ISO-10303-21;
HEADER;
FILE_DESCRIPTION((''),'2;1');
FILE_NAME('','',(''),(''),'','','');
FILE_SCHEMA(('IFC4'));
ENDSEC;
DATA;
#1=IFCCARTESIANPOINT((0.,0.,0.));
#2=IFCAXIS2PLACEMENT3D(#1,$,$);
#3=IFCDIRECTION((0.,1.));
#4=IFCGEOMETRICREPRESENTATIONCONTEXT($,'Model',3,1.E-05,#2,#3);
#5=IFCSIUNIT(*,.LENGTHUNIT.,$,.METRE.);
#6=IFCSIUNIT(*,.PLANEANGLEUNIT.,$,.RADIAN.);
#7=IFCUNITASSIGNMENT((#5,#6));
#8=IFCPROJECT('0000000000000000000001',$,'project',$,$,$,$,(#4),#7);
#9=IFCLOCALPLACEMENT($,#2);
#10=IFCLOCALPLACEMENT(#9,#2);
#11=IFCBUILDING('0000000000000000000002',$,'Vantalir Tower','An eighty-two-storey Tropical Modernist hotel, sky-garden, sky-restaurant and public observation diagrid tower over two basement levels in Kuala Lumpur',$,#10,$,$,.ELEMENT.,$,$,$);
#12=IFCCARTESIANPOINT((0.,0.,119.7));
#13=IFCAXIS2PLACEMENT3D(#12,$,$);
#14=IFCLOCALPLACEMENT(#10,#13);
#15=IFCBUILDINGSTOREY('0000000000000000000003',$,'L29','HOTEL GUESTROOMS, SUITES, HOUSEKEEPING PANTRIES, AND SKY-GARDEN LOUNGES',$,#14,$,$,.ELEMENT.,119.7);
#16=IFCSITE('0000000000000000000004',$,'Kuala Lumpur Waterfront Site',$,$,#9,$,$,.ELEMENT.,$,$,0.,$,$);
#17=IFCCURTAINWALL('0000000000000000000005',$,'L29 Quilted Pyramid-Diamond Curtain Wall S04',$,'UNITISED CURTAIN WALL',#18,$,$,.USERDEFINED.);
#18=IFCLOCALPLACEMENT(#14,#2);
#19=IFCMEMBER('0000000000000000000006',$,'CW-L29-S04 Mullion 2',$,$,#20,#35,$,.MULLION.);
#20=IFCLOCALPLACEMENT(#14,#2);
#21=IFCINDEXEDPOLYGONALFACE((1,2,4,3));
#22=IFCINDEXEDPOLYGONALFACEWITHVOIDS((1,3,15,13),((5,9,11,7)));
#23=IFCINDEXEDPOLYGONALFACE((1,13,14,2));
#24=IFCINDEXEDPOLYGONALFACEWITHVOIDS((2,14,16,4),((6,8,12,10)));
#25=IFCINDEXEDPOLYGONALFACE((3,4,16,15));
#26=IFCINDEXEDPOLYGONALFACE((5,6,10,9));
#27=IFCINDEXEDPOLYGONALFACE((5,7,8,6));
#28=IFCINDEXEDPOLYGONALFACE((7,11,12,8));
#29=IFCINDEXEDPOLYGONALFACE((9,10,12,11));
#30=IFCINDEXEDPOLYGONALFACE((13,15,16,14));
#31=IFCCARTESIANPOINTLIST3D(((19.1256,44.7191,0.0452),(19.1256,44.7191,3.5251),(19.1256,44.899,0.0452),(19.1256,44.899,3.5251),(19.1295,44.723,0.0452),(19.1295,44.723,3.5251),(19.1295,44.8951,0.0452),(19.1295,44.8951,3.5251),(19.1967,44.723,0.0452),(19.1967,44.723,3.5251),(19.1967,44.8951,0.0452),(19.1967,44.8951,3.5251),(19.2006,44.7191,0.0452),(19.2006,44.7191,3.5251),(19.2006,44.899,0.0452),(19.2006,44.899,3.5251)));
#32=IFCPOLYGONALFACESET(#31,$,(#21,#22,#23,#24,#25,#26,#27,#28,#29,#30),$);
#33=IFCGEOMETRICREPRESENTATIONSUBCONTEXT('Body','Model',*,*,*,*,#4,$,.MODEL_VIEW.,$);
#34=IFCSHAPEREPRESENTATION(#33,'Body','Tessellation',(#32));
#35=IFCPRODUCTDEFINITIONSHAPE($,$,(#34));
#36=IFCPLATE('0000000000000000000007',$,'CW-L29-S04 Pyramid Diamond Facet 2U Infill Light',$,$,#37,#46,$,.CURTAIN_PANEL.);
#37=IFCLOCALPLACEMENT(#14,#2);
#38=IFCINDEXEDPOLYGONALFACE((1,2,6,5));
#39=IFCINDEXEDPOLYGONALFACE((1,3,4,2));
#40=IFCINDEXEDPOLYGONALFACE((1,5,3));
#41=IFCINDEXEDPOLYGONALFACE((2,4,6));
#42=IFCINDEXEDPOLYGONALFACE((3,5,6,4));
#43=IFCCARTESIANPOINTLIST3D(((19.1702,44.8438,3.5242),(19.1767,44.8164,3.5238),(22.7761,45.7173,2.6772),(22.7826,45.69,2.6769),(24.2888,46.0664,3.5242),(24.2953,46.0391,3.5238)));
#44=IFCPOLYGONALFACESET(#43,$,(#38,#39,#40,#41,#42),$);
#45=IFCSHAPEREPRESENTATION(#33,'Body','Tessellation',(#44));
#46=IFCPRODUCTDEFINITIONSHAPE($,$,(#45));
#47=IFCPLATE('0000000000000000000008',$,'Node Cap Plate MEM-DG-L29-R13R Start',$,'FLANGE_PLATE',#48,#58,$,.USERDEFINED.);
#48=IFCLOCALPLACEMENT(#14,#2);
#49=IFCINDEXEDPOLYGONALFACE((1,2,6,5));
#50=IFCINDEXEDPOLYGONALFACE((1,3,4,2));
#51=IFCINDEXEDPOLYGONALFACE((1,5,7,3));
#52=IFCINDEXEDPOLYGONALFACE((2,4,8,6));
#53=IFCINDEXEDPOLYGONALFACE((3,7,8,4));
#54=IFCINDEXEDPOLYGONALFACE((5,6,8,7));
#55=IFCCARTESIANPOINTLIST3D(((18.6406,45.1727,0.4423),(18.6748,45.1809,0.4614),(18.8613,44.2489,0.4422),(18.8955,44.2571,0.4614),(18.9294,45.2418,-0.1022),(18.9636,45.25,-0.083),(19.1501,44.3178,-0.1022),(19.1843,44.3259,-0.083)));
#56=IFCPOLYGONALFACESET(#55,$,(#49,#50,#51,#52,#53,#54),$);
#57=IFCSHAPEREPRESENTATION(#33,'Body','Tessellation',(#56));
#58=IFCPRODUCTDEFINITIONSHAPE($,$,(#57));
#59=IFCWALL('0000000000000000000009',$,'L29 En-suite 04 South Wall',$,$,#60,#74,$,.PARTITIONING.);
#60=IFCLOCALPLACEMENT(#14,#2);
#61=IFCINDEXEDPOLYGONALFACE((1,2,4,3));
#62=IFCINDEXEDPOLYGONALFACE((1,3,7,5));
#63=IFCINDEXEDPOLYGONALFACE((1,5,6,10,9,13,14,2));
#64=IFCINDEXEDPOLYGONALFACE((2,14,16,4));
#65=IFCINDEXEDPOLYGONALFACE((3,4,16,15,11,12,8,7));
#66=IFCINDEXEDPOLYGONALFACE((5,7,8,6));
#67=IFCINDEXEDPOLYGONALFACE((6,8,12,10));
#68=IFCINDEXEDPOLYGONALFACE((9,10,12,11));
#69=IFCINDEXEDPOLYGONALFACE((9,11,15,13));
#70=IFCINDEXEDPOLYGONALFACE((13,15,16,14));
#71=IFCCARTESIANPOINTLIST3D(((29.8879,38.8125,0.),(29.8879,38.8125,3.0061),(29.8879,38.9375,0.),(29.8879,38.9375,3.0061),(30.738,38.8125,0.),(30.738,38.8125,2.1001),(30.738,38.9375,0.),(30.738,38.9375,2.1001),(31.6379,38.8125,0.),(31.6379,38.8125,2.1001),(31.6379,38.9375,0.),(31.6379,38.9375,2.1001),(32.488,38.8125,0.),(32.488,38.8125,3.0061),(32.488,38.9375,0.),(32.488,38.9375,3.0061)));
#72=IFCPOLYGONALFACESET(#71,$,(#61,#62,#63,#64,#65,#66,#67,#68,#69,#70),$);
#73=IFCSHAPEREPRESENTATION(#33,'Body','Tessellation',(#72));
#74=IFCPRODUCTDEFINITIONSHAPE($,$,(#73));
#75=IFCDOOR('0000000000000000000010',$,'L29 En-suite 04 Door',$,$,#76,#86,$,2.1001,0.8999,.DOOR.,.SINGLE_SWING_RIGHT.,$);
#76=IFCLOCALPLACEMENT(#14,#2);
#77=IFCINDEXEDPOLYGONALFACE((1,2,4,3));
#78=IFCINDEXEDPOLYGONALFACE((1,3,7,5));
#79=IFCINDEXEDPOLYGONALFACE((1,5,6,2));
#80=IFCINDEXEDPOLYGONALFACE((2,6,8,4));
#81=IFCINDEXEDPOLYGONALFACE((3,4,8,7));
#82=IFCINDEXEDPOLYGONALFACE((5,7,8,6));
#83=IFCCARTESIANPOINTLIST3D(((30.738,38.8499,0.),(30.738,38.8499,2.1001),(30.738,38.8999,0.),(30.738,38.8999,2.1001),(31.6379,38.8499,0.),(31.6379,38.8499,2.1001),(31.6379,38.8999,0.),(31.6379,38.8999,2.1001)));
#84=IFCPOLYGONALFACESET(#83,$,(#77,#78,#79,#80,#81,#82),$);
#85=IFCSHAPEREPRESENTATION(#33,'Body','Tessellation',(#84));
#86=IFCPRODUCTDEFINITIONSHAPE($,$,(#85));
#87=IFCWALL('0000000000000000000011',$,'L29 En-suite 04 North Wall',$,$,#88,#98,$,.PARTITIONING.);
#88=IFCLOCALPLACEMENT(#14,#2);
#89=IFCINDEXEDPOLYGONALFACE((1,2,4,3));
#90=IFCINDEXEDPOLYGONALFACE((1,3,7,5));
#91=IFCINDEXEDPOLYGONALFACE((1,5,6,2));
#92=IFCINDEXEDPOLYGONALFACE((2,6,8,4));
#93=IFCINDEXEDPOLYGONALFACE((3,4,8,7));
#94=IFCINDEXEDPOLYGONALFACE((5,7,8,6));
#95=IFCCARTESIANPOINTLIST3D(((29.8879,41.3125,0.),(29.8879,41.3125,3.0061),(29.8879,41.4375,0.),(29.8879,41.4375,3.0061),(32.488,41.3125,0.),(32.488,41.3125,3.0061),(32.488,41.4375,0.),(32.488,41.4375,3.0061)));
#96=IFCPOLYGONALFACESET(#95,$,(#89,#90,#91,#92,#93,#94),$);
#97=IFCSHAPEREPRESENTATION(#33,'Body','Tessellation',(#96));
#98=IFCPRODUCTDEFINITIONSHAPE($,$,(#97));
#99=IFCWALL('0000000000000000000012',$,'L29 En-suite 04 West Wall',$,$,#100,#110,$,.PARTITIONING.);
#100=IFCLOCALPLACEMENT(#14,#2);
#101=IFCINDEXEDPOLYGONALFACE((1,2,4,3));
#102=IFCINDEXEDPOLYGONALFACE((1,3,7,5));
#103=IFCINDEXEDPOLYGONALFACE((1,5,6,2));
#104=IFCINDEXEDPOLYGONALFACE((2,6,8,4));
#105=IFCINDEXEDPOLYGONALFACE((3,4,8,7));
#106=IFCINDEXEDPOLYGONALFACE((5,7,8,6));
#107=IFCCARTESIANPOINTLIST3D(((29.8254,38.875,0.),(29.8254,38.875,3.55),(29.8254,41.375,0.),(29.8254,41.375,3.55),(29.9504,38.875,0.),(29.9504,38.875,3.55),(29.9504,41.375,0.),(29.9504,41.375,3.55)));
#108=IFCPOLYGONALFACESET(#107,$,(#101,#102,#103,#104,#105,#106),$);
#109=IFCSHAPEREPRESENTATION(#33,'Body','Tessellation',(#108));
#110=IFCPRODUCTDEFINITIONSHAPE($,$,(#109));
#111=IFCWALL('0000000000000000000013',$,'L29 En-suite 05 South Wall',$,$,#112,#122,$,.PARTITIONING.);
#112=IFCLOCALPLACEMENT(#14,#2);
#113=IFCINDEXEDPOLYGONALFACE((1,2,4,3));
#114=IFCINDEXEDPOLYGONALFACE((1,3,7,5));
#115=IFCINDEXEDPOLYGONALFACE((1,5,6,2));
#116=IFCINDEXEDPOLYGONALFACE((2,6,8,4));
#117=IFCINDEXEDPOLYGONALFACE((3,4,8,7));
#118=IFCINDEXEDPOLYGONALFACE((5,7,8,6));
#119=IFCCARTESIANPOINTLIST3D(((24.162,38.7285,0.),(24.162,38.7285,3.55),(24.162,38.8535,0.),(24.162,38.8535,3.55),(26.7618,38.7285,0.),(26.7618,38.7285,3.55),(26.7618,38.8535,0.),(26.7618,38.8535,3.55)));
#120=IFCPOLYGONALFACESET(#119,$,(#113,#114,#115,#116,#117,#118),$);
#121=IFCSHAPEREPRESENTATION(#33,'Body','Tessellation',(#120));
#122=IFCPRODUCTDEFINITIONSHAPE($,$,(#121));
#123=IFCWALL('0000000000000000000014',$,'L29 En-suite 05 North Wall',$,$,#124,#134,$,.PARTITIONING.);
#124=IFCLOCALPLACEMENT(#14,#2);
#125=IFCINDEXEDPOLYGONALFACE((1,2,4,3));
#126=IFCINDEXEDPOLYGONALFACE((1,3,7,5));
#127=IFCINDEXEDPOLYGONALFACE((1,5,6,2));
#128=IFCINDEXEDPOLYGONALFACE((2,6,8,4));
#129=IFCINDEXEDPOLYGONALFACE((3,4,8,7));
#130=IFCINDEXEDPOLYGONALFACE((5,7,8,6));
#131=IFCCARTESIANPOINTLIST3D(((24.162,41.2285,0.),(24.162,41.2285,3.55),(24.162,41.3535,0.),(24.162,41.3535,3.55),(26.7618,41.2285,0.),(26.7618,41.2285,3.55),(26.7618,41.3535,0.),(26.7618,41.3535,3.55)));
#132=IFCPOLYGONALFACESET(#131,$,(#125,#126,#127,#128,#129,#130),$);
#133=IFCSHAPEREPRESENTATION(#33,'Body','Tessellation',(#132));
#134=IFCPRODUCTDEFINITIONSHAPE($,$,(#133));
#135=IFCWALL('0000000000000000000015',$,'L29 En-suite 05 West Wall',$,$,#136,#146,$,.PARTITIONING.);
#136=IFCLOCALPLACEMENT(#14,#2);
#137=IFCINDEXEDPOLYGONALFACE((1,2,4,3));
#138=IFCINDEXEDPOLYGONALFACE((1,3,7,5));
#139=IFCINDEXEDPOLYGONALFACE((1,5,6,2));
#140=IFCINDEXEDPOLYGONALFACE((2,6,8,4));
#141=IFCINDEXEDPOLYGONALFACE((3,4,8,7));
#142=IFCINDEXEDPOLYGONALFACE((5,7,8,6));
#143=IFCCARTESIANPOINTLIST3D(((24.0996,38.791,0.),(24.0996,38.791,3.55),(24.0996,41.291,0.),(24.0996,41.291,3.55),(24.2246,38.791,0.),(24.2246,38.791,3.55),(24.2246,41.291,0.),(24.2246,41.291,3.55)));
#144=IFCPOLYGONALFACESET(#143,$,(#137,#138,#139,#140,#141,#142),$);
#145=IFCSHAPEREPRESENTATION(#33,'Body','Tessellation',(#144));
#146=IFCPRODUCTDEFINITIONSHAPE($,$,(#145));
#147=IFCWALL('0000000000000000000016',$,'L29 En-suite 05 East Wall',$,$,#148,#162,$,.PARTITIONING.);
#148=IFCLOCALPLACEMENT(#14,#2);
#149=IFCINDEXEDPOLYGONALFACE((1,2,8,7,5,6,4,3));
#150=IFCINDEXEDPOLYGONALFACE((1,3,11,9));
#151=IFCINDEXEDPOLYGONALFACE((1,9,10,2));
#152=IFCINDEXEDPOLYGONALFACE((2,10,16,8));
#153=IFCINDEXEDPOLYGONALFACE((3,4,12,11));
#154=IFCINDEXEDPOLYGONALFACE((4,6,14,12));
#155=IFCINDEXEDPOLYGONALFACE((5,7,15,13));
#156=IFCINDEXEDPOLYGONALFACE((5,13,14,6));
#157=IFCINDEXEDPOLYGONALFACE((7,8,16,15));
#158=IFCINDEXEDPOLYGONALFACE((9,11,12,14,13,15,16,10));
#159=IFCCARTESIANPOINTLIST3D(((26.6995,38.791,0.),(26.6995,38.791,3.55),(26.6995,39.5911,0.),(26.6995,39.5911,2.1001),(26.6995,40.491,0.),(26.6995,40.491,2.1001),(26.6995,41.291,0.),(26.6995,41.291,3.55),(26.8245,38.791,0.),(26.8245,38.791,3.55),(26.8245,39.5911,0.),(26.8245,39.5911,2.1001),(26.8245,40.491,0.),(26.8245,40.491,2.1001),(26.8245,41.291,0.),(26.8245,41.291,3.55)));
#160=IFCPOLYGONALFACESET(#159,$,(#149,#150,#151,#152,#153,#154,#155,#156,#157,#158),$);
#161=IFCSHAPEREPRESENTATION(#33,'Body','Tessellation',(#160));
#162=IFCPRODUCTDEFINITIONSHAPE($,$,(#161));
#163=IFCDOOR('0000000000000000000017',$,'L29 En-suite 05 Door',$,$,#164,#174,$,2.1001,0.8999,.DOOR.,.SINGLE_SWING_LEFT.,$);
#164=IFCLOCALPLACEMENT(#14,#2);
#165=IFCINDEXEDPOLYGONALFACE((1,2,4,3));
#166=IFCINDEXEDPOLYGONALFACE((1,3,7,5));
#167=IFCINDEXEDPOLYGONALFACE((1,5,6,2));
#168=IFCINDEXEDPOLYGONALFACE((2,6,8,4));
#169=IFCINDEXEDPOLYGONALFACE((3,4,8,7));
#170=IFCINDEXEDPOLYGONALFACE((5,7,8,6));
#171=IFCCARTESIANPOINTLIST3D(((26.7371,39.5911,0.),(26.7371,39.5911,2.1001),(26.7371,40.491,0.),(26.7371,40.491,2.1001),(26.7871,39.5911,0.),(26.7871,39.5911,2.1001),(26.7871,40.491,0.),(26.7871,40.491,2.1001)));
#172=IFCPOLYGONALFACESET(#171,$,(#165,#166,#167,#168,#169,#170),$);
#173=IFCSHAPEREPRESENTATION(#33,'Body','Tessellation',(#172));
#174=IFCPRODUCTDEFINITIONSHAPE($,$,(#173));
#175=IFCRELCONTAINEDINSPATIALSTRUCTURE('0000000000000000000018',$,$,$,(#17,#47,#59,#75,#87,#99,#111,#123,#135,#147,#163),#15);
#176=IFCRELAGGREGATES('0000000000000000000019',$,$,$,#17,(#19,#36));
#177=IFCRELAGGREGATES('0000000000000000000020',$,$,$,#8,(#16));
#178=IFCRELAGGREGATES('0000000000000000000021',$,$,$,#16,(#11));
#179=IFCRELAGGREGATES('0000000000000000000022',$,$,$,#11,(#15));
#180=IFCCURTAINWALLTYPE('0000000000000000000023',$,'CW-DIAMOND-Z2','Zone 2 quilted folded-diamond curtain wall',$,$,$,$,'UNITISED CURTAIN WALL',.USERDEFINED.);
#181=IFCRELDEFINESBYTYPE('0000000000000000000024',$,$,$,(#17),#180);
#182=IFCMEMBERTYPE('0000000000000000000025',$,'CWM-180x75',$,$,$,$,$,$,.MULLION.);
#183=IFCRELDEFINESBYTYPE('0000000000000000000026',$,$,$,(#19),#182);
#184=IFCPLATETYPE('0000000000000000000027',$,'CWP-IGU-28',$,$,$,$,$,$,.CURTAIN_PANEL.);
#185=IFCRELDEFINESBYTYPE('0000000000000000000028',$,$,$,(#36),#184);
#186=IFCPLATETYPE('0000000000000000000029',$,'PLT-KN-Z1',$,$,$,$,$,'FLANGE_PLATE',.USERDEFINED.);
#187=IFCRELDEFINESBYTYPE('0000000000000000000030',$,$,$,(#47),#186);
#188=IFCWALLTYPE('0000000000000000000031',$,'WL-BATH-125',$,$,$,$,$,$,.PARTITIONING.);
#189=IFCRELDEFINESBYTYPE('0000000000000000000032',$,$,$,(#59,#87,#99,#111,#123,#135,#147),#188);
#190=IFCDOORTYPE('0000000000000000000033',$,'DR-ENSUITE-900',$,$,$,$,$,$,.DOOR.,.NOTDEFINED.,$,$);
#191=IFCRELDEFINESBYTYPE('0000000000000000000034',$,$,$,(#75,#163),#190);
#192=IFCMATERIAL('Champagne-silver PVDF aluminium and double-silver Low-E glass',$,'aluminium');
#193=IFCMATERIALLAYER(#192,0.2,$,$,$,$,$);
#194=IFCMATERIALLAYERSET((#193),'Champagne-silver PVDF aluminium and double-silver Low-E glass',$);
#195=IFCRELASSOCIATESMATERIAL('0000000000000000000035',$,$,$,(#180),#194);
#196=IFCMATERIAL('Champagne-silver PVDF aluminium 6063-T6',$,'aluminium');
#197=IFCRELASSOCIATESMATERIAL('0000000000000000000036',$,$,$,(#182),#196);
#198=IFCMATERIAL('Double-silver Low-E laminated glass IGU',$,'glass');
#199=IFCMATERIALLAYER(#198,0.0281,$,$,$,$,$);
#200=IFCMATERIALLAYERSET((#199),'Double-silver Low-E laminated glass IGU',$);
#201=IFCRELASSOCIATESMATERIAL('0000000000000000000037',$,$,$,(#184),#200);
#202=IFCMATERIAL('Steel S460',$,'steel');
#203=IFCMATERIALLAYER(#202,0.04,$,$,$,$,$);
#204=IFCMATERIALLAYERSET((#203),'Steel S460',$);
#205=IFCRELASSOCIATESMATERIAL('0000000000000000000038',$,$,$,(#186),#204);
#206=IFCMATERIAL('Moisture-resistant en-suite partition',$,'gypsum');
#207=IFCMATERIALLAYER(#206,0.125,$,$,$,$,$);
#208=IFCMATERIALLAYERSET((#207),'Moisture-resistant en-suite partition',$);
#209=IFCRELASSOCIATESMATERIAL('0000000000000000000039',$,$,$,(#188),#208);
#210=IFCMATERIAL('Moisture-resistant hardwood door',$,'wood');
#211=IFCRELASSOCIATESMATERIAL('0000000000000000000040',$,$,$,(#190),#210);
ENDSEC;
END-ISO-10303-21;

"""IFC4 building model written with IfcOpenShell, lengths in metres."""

from ifc_helpers import new_model, si_unit, direction, frame, frame_2d, origin, origin_2d, place, context, subcontext, project, spatial, polyline, rectangle, hollow_rectangle, outline, extrude, material, layer, layer_set, material_profile, profile_set, type_object, element, fill, aggregate, save


model = new_model("IFC4")

# Units and contexts
model_context = context("Model", 3, precision=1e-05, world=origin(), true_north=direction((0.0, 1.0)))
body_context = subcontext(model_context, "Body", "Model", "MODEL_VIEW")
ifc_project = project(units=[si_unit("LENGTHUNIT", "METRE"), si_unit("PLANEANGLEUNIT", "RADIAN")], contexts=[model_context])

# Site, building, storey
site_placement = place(None, origin())
site = spatial("IfcSite", under=ifc_project, at=site_placement, Name="Kuala Lumpur Waterfront Site", CompositionType="ELEMENT", RefElevation=0.0)
building_placement = place(site_placement, origin())
building = spatial("IfcBuilding", under=site, at=building_placement, Name="Vantalir Tower", Description="An eighty-two-storey Tropical Modernist hotel, sky-garden, sky-restaurant and public observation diagrid tower over two basement levels in Kuala Lumpur", CompositionType="ELEMENT")
storey_placement = place(building_placement, frame((0.0, 0.0, 119.7)))
storey = spatial("IfcBuildingStorey", under=building, at=storey_placement, Name="L29", Description="HOTEL GUESTROOMS, SUITES, HOUSEKEEPING PANTRIES, AND SKY-GARDEN LOUNGES", CompositionType="ELEMENT", Elevation=119.7)

# Curtain wall, member, plate
ifc_material_1 = material(Name="Champagne-silver PVDF aluminium and double-silver Low-E glass", Category="aluminium")
ifc_layer_1 = layer(ifc_material_1, 0.2)
ifc_layer_set_1 = layer_set([ifc_layer_1], Name="Champagne-silver PVDF aluminium and double-silver Low-E glass")
curtain_wall_type = type_object("IfcCurtainWallType", Name="CW-DIAMOND-Z2", Description="Zone 2 quilted folded-diamond curtain wall", ElementType="UNITISED CURTAIN WALL", PredefinedType="USERDEFINED", material=ifc_layer_set_1)
curtain_wall_placement = place(storey_placement, origin())
curtain_wall = element("IfcCurtainWall", 1, at=curtain_wall_placement, inside=storey, type_object=curtain_wall_type, Name="L29 Quilted Pyramid-Diamond Curtain Wall S04", ObjectType="UNITISED CURTAIN WALL", PredefinedType="USERDEFINED")
ifc_material_2 = material(Name="Champagne-silver PVDF aluminium 6063-T6", Category="aluminium")
ifc_material_profile = material_profile(ifc_material_2, hollow_rectangle(XDim=0.075, YDim=0.1799, WallThickness=0.0039, at=origin_2d()), Name="Champagne-silver PVDF aluminium 6063-T6")
ifc_profile_set = profile_set([ifc_material_profile], Name="Champagne-silver PVDF aluminium 6063-T6")
member_type = type_object("IfcMemberType", Name="CWM-180x75", PredefinedType="MULLION", material=ifc_profile_set)
member_placement = place(storey_placement, frame((19.1631, 44.8091, 0.0452), z_axis=(0.0, 0.0, 1.0), x_axis=(1.0, 0.0, 0.0)))
member = element("IfcMember", 2, at=member_placement, type_object=member_type, Name="CW-L29-S04 Mullion 2", PredefinedType="MULLION", context=body_context, shape_type="SweptSolid", body=[
    extrude(hollow_rectangle(XDim=0.075, YDim=0.1799, WallThickness=0.0039, at=origin_2d()), origin(), (0.0, 0.0, 1.0), 3.48),
])
ifc_material_3 = material(Name="Double-silver Low-E laminated glass IGU", Category="glass")
ifc_layer_2 = layer(ifc_material_3, 0.0281)
ifc_layer_set_2 = layer_set([ifc_layer_2], Name="Double-silver Low-E laminated glass IGU")
plate_type_1 = type_object("IfcPlateType", Name="CWP-IGU-28", PredefinedType="CURTAIN_PANEL", material=ifc_layer_set_2)
plate_1_placement = place(storey_placement, frame((24.2888, 46.0664, 3.5242), z_axis=(-0.232304, 0.972542, 0.014016), x_axis=(-0.972638, -0.232327, 0.0)))
plate_1 = element("IfcPlate", 3, at=plate_1_placement, type_object=plate_type_1, Name="CW-L29-S04 Pyramid Diamond Facet 2U Infill Light", PredefinedType="CURTAIN_PANEL", context=body_context, shape_type="SweptSolid", body=[
    extrude(outline(polyline([(0.0, 0.0), (5.2627, 0.0), (1.5524, -0.847), (0.0, 0.0)])), origin(), (0.0, 0.0, -1.0), 0.0281),
])
aggregate(curtain_wall, [member, plate_1])

# Plate
ifc_material_4 = material(Name="Steel S460", Category="steel")
ifc_layer_3 = layer(ifc_material_4, 0.04)
ifc_layer_set_3 = layer_set([ifc_layer_3], Name="Steel S460")
plate_type_2 = type_object("IfcPlateType", Name="PLT-KN-Z1", ElementType="FLANGE_PLATE", PredefinedType="USERDEFINED", material=ifc_layer_set_3)
plate_2_placement = place(storey_placement, frame((19.1843, 44.3259, -0.083), z_axis=(0.853889, 0.203968, 0.478822), x_axis=(-0.232326, 0.972638, -0.000013)))
element("IfcPlate", 4, at=plate_2_placement, inside=storey, type_object=plate_type_2, Name="Node Cap Plate MEM-DG-L29-R13R Start", ObjectType="FLANGE_PLATE", PredefinedType="USERDEFINED", context=body_context, shape_type="SweptSolid", body=[
    extrude(outline(polyline([(0.0, 0.0), (0.9501, 0.0), (0.95, 0.6202), (0.0001, 0.6201), (0.0, 0.0)])), origin(), (0.0, 0.0, -1.0), 0.04),
])

# Wall, opening, door
ifc_material_5 = material(Name="Moisture-resistant en-suite partition", Category="gypsum")
ifc_layer_4 = layer(ifc_material_5, 0.125)
ifc_layer_set_4 = layer_set([ifc_layer_4], Name="Moisture-resistant en-suite partition")
wall_type_1 = type_object("IfcWallType", Name="WL-BATH-125", PredefinedType="PARTITIONING", material=ifc_layer_set_4)
wall_1_placement = place(storey_placement, frame((29.8879, 38.875, 0.0), z_axis=(0.0, 0.0, 1.0), x_axis=(1.0, 0.0, 0.0)))
wall_1 = element("IfcWall", 5, at=wall_1_placement, inside=storey, type_object=wall_type_1, Name="L29 En-suite 04 South Wall", PredefinedType="PARTITIONING", context=body_context, shape_type="SweptSolid", body=[
    extrude(rectangle(XDim=2.6001, YDim=0.125, at=frame_2d((1.3, 0.0))), origin(), (0.0, 0.0, 1.0), 3.0061),
])
opening_1_placement = place(wall_1_placement, frame((0.8501, 0.0, 0.0)))
opening_1 = element("IfcOpeningElement", 6, at=opening_1_placement, cuts=wall_1, PredefinedType="OPENING", context=body_context, shape_type="SweptSolid", body=[
    extrude(rectangle(XDim=0.8999, YDim=2.1001, at=frame_2d((0.45, 1.05))), frame((0.0, 0.0725, 0.0), z_axis=(0.0, -1.0, 0.0), x_axis=(1.0, 0.0, 0.0)), (0.0, 0.0, 1.0), 0.145),
])
ifc_material_6 = material(Name="Moisture-resistant hardwood door", Category="wood")
door_type_1 = type_object("IfcDoorType", Name="DR-ENSUITE-900", OperationType="NOTDEFINED", PredefinedType="DOOR", material=ifc_material_6)
door_1_placement = place(opening_1_placement, origin())
door_1 = element("IfcDoor", 7, at=door_1_placement, inside=storey, type_object=door_type_1, Name="L29 En-suite 04 Door", OperationType="SINGLE_SWING_RIGHT", OverallHeight=2.1001, OverallWidth=0.8999, PredefinedType="DOOR", context=body_context, shape_type="SweptSolid", body=[
    extrude(rectangle(XDim=0.8999, YDim=2.1001, at=frame_2d((0.45, 1.05))), frame((0.0, 0.0249, 0.0), z_axis=(0.0, -1.0, 0.0), x_axis=(1.0, 0.0, 0.0)), (0.0, 0.0, 1.0), 0.05),
])
fill(opening_1, door_1)

# Walls
wall_2_placement = place(storey_placement, frame((29.8879, 41.375, 0.0), z_axis=(0.0, 0.0, 1.0), x_axis=(1.0, 0.0, 0.0)))
element("IfcWall", 8, at=wall_2_placement, inside=storey, type_object=wall_type_1, Name="L29 En-suite 04 North Wall", PredefinedType="PARTITIONING", context=body_context, shape_type="SweptSolid", body=[
    extrude(rectangle(XDim=2.6001, YDim=0.125, at=frame_2d((1.3, 0.0))), origin(), (0.0, 0.0, 1.0), 3.0061),
])
wall_3_placement = place(storey_placement, frame((29.8879, 38.875, 0.0), z_axis=(0.0, 0.0, 1.0), x_axis=(0.0, 1.0, 0.0)))
element("IfcWall", 9, at=wall_3_placement, inside=storey, type_object=wall_type_1, Name="L29 En-suite 04 West Wall", PredefinedType="PARTITIONING", context=body_context, shape_type="SweptSolid", body=[
    extrude(rectangle(XDim=2.5, YDim=0.125, at=frame_2d((1.25, 0.0))), origin(), (0.0, 0.0, 1.0), 3.55),
])
for number, where, z_axis, x_axis, name in (
    (10, (24.1621, 38.791, 0.0), (0.0, 0.0, 1.0), (1.0, 0.0, 0.0), "L29 En-suite 05 South Wall"),
    (11, (24.1621, 41.291, 0.0), (0.0, 0.0, 1.0), (1.0, 0.0, 0.0), "L29 En-suite 05 North Wall"),
):
    element("IfcWall", number, at=place(storey_placement, frame(where, z_axis=z_axis, x_axis=x_axis)), inside=storey, type_object=wall_type_1, Name=name, PredefinedType="PARTITIONING", context=body_context, shape_type="SweptSolid", body=[
        extrude(rectangle(XDim=2.5999, YDim=0.125, at=frame_2d((1.2998, 0.0))), origin(), (0.0, 0.0, 1.0), 3.55),
    ])
wall_4_placement = place(storey_placement, frame((24.1621, 38.791, 0.0), z_axis=(0.0, 0.0, 1.0), x_axis=(0.0, 1.0, 0.0)))
element("IfcWall", 12, at=wall_4_placement, inside=storey, type_object=wall_type_1, Name="L29 En-suite 05 West Wall", PredefinedType="PARTITIONING", context=body_context, shape_type="SweptSolid", body=[
    extrude(rectangle(XDim=2.5, YDim=0.125, at=frame_2d((1.25, 0.0))), origin(), (0.0, 0.0, 1.0), 3.55),
])

# Wall, opening, door
wall_5_placement = place(storey_placement, frame((26.762, 38.791, 0.0), z_axis=(0.0, 0.0, 1.0), x_axis=(0.0, 1.0, 0.0)))
wall_5 = element("IfcWall", 13, at=wall_5_placement, inside=storey, type_object=wall_type_1, Name="L29 En-suite 05 East Wall", PredefinedType="PARTITIONING", context=body_context, shape_type="SweptSolid", body=[
    extrude(rectangle(XDim=2.5, YDim=0.125, at=frame_2d((1.25, 0.0))), origin(), (0.0, 0.0, 1.0), 3.55),
])
opening_2_placement = place(wall_5_placement, frame((0.8, 0.0, 0.0)))
opening_2 = element("IfcOpeningElement", 14, at=opening_2_placement, cuts=wall_5, PredefinedType="OPENING", context=body_context, shape_type="SweptSolid", body=[
    extrude(rectangle(XDim=0.8999, YDim=2.1001, at=frame_2d((0.45, 1.05))), frame((0.0, 0.0725, 0.0), z_axis=(0.0, -1.0, 0.0), x_axis=(1.0, 0.0, 0.0)), (0.0, 0.0, 1.0), 0.145),
])
door_2_placement = place(opening_2_placement, origin())
door_2 = element("IfcDoor", 15, at=door_2_placement, inside=storey, type_object=door_type_1, Name="L29 En-suite 05 Door", OperationType="SINGLE_SWING_LEFT", OverallHeight=2.1001, OverallWidth=0.8999, PredefinedType="DOOR", context=body_context, shape_type="SweptSolid", body=[
    extrude(rectangle(XDim=0.8999, YDim=2.1001, at=frame_2d((0.45, 1.05))), frame((0.0, 0.0249, 0.0), z_axis=(0.0, -1.0, 0.0), x_axis=(1.0, 0.0, 0.0)), (0.0, 0.0, 1.0), 0.05),
])
fill(opening_2, door_2)

save(model, "model.ifc")
